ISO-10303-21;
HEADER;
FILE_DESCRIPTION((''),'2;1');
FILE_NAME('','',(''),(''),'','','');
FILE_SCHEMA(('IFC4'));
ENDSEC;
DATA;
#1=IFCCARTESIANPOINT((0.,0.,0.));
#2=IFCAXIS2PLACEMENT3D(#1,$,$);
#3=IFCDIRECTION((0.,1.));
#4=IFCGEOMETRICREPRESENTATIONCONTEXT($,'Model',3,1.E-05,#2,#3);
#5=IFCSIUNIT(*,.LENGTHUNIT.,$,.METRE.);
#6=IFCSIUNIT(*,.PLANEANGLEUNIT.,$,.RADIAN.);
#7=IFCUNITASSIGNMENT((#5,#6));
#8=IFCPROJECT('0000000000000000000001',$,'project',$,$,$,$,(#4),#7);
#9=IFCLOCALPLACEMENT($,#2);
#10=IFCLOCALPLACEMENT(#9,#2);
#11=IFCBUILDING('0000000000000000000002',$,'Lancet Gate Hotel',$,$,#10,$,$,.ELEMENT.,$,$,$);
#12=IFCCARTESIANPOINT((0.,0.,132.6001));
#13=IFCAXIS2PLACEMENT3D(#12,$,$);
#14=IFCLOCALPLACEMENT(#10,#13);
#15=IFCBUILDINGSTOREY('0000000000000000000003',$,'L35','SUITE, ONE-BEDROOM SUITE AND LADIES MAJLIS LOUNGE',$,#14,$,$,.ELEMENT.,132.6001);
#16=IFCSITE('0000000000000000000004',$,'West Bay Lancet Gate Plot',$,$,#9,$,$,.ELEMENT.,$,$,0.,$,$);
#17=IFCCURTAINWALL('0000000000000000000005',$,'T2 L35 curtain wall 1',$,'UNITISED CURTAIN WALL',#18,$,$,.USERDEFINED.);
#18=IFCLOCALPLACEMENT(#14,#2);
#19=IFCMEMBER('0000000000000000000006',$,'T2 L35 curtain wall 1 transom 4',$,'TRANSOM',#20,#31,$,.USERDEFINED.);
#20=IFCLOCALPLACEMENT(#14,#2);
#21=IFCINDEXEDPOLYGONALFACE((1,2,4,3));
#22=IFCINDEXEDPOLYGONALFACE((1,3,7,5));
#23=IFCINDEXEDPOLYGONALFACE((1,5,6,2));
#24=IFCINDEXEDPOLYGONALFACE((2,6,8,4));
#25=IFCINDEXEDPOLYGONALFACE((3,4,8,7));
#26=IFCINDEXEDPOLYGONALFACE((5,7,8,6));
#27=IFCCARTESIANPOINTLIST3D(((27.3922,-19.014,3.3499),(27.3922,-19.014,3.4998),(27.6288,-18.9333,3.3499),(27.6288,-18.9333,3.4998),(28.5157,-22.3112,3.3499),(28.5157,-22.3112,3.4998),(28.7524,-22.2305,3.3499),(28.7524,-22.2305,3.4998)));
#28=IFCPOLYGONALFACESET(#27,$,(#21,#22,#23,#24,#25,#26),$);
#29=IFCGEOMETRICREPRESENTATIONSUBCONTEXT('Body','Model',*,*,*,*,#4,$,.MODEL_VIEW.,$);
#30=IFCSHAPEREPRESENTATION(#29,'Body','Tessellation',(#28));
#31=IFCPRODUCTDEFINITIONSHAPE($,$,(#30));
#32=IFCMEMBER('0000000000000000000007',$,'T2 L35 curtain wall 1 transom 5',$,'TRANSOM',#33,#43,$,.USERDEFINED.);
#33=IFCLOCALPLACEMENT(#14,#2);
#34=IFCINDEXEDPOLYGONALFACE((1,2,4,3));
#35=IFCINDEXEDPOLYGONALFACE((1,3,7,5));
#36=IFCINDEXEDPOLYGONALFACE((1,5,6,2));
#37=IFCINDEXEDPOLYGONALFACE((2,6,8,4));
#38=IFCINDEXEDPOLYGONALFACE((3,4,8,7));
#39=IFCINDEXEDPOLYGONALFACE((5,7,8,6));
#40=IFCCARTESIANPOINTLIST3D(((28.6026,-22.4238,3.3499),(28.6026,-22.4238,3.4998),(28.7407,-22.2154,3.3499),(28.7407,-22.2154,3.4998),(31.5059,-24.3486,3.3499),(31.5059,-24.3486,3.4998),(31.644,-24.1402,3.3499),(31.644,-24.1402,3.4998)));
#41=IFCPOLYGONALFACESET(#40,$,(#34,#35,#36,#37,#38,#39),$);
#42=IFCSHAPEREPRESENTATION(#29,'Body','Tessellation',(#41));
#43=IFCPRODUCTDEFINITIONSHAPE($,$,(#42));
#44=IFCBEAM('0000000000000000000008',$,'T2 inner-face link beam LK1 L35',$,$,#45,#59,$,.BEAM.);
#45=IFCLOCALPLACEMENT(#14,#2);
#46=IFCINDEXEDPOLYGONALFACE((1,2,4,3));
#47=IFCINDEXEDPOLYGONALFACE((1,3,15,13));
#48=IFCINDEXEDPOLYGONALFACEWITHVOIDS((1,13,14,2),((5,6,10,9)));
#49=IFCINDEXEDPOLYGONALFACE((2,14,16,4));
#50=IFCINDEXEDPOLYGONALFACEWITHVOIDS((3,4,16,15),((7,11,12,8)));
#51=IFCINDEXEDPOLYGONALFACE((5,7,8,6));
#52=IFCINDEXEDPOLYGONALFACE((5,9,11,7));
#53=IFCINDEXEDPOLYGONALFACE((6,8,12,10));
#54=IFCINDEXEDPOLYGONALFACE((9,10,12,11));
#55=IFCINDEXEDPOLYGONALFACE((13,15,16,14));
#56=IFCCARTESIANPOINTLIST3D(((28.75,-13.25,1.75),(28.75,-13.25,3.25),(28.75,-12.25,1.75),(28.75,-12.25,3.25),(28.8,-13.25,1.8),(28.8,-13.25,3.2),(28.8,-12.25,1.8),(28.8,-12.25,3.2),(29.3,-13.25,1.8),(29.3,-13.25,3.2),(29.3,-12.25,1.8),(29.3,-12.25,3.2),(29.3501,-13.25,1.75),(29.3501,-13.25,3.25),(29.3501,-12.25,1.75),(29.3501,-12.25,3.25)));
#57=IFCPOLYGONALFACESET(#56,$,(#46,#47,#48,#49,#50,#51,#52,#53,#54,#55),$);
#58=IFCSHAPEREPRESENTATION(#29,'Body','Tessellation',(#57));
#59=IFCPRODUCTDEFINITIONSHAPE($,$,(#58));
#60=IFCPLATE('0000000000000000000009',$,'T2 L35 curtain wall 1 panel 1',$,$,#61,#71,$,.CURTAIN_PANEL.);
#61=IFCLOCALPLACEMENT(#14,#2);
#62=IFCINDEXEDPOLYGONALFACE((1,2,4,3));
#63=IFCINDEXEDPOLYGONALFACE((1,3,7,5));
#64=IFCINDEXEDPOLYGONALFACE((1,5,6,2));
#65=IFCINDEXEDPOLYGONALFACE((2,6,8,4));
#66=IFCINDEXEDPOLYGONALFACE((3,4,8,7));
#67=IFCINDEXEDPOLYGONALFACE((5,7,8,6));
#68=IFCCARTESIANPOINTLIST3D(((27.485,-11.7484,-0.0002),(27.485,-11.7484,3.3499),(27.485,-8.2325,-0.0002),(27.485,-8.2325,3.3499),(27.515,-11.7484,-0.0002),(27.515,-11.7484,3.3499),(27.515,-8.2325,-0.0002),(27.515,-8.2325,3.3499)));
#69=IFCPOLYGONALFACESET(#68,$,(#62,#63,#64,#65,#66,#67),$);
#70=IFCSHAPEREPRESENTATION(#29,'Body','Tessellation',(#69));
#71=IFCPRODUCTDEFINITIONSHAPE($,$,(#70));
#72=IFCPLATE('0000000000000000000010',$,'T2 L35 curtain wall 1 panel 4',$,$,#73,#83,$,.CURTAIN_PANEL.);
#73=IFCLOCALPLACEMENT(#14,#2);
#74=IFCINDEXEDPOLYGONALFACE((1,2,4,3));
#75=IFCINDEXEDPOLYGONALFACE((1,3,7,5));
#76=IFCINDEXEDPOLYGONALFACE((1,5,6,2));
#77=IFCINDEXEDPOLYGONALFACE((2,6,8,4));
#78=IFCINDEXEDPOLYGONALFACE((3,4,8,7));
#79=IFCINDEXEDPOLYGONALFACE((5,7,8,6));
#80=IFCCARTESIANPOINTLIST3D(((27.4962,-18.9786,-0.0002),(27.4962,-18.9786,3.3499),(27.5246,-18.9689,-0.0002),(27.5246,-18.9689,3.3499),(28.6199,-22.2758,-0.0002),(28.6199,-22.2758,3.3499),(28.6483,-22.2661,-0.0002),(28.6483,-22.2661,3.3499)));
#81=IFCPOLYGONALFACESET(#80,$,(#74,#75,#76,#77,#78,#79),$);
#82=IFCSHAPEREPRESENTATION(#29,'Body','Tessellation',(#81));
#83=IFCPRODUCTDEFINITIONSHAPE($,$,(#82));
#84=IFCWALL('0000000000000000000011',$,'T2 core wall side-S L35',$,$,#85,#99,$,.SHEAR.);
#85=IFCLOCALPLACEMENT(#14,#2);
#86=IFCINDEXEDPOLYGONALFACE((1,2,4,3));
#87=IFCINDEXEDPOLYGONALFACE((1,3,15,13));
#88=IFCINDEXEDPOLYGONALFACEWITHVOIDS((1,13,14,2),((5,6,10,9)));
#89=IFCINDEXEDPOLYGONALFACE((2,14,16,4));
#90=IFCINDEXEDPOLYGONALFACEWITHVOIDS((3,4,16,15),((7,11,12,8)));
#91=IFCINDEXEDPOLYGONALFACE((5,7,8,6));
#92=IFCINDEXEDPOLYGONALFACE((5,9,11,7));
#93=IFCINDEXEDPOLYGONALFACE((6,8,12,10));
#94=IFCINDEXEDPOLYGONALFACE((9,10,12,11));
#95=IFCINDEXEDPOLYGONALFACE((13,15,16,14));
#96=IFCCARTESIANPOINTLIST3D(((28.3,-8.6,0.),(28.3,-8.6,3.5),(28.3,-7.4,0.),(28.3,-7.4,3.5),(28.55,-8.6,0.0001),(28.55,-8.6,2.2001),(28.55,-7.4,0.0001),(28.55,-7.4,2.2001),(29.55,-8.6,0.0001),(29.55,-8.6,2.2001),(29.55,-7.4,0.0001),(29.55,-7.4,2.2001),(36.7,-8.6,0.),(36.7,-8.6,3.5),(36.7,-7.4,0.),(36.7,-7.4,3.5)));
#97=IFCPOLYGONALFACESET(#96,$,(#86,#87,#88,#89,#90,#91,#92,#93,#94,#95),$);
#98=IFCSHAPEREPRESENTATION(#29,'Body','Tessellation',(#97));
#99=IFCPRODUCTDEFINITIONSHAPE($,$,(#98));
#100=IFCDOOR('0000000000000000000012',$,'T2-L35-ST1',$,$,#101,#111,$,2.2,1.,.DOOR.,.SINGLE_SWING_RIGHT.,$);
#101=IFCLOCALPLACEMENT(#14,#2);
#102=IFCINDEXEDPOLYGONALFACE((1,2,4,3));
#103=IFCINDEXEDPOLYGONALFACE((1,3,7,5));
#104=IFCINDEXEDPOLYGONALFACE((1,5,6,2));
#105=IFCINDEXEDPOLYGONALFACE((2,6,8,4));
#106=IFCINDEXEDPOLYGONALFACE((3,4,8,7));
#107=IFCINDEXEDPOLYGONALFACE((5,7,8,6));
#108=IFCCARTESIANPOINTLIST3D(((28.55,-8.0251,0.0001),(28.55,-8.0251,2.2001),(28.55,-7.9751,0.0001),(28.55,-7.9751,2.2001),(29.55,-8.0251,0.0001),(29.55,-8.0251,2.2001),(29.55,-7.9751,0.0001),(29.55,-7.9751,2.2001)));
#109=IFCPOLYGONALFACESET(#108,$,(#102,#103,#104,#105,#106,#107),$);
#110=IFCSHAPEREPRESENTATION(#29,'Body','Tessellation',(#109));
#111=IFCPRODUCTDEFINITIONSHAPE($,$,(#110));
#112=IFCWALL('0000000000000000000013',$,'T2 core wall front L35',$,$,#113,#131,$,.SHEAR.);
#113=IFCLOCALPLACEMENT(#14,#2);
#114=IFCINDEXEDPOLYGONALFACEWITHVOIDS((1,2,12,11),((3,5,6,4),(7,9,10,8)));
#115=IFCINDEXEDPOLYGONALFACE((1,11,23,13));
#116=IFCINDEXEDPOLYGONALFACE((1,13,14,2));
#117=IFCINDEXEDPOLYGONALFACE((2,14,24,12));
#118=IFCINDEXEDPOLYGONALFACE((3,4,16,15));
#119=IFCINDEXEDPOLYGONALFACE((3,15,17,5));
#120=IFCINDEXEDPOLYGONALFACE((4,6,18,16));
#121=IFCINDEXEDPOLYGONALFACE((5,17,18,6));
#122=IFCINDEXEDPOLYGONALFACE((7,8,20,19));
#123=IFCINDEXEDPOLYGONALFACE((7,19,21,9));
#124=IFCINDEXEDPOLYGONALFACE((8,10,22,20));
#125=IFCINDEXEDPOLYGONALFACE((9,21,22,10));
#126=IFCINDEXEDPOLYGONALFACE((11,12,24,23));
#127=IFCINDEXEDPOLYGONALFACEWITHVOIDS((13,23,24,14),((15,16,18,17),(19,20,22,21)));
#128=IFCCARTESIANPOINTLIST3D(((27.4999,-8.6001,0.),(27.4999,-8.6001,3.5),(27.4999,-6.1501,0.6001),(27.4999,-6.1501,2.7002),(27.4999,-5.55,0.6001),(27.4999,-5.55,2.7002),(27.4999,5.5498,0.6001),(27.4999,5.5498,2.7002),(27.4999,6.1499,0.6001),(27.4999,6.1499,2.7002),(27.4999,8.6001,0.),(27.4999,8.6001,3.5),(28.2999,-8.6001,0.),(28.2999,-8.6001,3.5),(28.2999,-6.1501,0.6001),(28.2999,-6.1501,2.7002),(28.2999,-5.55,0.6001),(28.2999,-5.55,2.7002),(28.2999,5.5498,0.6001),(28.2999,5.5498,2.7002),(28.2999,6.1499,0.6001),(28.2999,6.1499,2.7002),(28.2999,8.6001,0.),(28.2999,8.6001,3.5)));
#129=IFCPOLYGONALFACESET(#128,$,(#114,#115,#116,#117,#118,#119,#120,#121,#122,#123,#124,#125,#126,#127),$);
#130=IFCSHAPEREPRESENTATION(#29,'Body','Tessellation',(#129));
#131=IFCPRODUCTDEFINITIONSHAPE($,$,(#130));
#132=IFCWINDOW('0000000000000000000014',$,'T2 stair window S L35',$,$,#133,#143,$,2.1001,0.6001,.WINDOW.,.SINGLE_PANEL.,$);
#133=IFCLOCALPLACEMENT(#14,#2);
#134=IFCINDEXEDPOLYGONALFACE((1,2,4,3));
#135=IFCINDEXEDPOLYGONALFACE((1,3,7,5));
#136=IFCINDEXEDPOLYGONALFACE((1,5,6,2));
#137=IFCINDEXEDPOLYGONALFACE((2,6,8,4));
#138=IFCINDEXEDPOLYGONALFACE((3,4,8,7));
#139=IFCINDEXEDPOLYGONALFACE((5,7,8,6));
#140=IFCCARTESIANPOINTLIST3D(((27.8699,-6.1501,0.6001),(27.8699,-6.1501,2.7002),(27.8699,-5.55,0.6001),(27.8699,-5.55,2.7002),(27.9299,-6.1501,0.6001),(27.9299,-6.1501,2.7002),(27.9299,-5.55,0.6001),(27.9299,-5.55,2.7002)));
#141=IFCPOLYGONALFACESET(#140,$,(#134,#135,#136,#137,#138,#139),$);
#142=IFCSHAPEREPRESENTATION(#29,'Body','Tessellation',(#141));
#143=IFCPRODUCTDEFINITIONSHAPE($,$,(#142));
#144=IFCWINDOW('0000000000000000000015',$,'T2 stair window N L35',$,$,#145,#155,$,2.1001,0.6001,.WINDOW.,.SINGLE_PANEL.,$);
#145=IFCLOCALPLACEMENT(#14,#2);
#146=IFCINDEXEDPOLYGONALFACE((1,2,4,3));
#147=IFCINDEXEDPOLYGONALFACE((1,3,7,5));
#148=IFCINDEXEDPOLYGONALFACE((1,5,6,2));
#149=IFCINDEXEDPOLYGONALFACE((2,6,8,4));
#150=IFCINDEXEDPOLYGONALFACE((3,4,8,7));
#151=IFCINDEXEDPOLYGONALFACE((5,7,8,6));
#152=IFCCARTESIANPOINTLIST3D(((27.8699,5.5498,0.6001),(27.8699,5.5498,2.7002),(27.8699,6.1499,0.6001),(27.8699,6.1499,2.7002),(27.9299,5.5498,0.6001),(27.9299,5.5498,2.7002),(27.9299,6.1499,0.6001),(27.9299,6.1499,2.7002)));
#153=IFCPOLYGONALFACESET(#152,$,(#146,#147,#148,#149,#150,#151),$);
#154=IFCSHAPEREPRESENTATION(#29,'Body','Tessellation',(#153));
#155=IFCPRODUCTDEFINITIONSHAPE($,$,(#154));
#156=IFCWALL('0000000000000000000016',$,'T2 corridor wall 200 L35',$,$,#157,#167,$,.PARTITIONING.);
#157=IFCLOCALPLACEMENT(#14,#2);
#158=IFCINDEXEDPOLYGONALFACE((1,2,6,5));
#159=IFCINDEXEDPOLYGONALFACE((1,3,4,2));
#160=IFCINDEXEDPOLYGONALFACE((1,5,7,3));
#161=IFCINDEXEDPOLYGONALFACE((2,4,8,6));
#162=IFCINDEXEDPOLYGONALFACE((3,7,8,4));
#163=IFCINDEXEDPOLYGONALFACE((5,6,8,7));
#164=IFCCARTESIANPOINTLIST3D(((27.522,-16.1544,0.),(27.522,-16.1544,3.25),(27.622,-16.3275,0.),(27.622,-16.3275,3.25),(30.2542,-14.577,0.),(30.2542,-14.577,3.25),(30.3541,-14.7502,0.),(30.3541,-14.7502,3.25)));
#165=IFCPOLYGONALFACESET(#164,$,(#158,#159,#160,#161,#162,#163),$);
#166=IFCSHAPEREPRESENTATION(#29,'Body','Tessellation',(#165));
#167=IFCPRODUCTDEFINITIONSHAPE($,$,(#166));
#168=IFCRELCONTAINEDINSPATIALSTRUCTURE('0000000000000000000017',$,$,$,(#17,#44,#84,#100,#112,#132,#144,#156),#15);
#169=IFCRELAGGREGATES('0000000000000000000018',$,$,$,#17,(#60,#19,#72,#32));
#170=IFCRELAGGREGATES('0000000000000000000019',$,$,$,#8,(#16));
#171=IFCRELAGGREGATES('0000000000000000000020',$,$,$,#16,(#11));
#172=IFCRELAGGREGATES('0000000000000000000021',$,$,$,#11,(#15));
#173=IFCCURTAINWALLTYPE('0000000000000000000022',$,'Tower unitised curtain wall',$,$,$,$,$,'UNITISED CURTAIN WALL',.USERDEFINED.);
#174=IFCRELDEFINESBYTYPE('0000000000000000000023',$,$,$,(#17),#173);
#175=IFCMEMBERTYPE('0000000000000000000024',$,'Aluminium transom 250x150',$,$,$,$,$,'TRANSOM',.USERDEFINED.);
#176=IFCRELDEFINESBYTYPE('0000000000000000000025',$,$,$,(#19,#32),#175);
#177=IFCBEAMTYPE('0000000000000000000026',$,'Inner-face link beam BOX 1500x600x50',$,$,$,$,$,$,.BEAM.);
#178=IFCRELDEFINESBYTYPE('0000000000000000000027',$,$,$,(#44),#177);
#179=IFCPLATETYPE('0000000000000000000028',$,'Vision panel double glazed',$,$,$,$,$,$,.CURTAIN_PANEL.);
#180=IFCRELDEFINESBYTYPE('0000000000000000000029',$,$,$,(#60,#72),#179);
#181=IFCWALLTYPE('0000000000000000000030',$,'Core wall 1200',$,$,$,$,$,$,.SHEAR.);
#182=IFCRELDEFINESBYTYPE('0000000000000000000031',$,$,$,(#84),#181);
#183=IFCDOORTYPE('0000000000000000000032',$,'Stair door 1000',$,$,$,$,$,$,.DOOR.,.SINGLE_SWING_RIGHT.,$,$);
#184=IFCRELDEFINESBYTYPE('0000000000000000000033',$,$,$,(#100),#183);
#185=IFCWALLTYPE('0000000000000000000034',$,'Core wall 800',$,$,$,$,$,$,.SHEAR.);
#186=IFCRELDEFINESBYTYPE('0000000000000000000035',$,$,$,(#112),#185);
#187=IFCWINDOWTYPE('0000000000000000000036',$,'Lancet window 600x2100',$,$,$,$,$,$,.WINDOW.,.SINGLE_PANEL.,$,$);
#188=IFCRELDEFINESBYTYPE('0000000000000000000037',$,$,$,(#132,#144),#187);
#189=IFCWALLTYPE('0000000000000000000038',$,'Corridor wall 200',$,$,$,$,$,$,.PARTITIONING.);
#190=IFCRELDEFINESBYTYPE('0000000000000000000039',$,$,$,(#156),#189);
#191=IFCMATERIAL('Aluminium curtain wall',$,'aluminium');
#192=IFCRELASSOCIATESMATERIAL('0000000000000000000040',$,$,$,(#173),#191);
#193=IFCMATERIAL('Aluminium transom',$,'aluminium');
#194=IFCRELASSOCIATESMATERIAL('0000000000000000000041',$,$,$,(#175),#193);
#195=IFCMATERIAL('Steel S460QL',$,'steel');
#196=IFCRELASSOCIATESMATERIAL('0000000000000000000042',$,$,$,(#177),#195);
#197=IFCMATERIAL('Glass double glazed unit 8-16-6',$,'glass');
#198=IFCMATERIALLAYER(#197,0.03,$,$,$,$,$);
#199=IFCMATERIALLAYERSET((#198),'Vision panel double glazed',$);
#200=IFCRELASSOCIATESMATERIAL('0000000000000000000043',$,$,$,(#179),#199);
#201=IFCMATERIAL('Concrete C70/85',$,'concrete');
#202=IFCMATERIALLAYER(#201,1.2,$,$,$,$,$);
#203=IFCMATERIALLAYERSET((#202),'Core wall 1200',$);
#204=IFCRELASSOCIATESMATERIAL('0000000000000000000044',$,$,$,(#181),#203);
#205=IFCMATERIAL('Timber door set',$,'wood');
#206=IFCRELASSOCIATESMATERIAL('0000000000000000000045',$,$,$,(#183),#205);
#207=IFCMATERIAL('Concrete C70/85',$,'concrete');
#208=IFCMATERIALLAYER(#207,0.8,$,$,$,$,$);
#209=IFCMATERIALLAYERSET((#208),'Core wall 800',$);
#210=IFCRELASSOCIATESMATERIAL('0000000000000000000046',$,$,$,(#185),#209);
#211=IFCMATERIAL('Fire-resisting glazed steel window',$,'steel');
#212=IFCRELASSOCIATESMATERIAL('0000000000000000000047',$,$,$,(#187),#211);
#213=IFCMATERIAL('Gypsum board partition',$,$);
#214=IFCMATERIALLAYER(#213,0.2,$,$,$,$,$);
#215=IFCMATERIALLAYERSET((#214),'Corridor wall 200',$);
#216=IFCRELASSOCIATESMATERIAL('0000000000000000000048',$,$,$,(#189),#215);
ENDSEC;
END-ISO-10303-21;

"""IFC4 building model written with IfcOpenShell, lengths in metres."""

from ifc_helpers import new_model, si_unit, direction, frame, frame_2d, origin, origin_2d, place, context, subcontext, project, spatial, rectangle, hollow_rectangle, extrude, material, layer, layer_set, material_profile, profile_set, type_object, element, fill, aggregate, save


model = new_model("IFC4")

# Units and contexts
model_context = context("Model", 3, precision=1e-05, world=origin(), true_north=direction((0.0, 1.0)))
body_context = subcontext(model_context, "Body", "Model", "MODEL_VIEW")
ifc_project = project(units=[si_unit("LENGTHUNIT", "METRE"), si_unit("PLANEANGLEUNIT", "RADIAN")], contexts=[model_context])

# Site, building, storey
site_placement = place(None, origin())
site = spatial("IfcSite", under=ifc_project, at=site_placement, Name="West Bay Lancet Gate Plot", CompositionType="ELEMENT", RefElevation=0.0)
building_placement = place(site_placement, origin())
building = spatial("IfcBuilding", under=site, at=building_placement, Name="Lancet Gate Hotel", CompositionType="ELEMENT")
storey_placement = place(building_placement, frame((0.0, 0.0, 132.6001)))
storey = spatial("IfcBuildingStorey", under=building, at=storey_placement, Name="L35", Description="SUITE, ONE-BEDROOM SUITE AND LADIES MAJLIS LOUNGE", CompositionType="ELEMENT", Elevation=132.6001)

# Curtain wall, members
ifc_material_1 = material(Name="Aluminium curtain wall", Category="aluminium")
curtain_wall_type = type_object("IfcCurtainWallType", Name="Tower unitised curtain wall", ElementType="UNITISED CURTAIN WALL", PredefinedType="USERDEFINED", material=ifc_material_1)
curtain_wall_placement = place(storey_placement, origin())
curtain_wall = element("IfcCurtainWall", 1, at=curtain_wall_placement, inside=storey, type_object=curtain_wall_type, Name="T2 L35 curtain wall 1", ObjectType="UNITISED CURTAIN WALL", PredefinedType="USERDEFINED")
ifc_material_2 = material(Name="Aluminium transom", Category="aluminium")
ifc_material_profile_1 = material_profile(ifc_material_2, rectangle(XDim=0.25, YDim=0.1499, at=origin_2d()), Name="TRANSOM 250x150")
ifc_profile_set_1 = profile_set([ifc_material_profile_1], Name="Aluminium transom")
member_type_1 = type_object("IfcMemberType", Name="Aluminium transom 250x150", ElementType="TRANSOM", PredefinedType="USERDEFINED", material=ifc_profile_set_1)
member_1_placement = place(storey_placement, frame((27.5105, -18.9736, 3.4248), z_axis=(0.32255, -0.946553, 0.0), x_axis=(0.946553, 0.32255, 0.0)))
member_1 = element("IfcMember", 2, at=member_1_placement, type_object=member_type_1, Name="T2 L35 curtain wall 1 transom 4", ObjectType="TRANSOM", PredefinedType="USERDEFINED", context=body_context, shape_type="SweptSolid", body=[
    extrude(rectangle(XDim=0.25, YDim=0.1499, at=origin_2d()), origin(), (0.0, 0.0, 1.0), 3.4834),
])
member_2_placement = place(storey_placement, frame((28.6716, -22.3196, 3.4248), z_axis=(0.833471, -0.552563, 0.0), x_axis=(0.552563, 0.833471, 0.0)))
member_2 = element("IfcMember", 3, at=member_2_placement, type_object=member_type_1, Name="T2 L35 curtain wall 1 transom 5", ObjectType="TRANSOM", PredefinedType="USERDEFINED", context=body_context, shape_type="SweptSolid", body=[
    extrude(rectangle(XDim=0.25, YDim=0.1499, at=origin_2d()), origin(), (0.0, 0.0, 1.0), 3.4834),
])

# Beam
ifc_material_3 = material(Name="Steel S460QL", Category="steel")
ifc_material_profile_2 = material_profile(ifc_material_3, hollow_rectangle(XDim=0.6001, YDim=1.5, WallThickness=0.05, at=origin_2d()), Name="BOX 1500x600x50")
ifc_profile_set_2 = profile_set([ifc_material_profile_2], Name="Steel S460QL")
beam_type = type_object("IfcBeamType", Name="Inner-face link beam BOX 1500x600x50", PredefinedType="BEAM", material=ifc_profile_set_2)
beam_placement = place(storey_placement, frame((29.05, -13.25, 2.5), z_axis=(0.0, 1.0, 0.0), x_axis=(-1.0, 0.0, 0.0)))
element("IfcBeam", 4, at=beam_placement, inside=storey, type_object=beam_type, Name="T2 inner-face link beam LK1 L35", PredefinedType="BEAM", context=body_context, shape_type="SweptSolid", body=[
    extrude(hollow_rectangle(XDim=0.6001, YDim=1.5, WallThickness=0.05, at=origin_2d()), origin(), (0.0, 0.0, 1.0), 1.0),
])

# Plates
ifc_material_4 = material(Name="Glass double glazed unit 8-16-6", Category="glass")
ifc_layer_1 = layer(ifc_material_4, 0.03)
ifc_layer_set_1 = layer_set([ifc_layer_1], Name="Vision panel double glazed")
plate_type = type_object("IfcPlateType", Name="Vision panel double glazed", PredefinedType="CURTAIN_PANEL", material=ifc_layer_set_1)
plate_1_placement = place(storey_placement, frame((27.5, -9.9905, -0.0002), z_axis=(0.0, 0.0, 1.0), x_axis=(0.0, -1.0, 0.0)))
plate_1 = element("IfcPlate", 5, at=plate_1_placement, type_object=plate_type, Name="T2 L35 curtain wall 1 panel 1", PredefinedType="CURTAIN_PANEL", context=body_context, shape_type="SweptSolid", body=[
    extrude(rectangle(XDim=3.5159, YDim=0.03, at=origin_2d()), origin(), (0.0, 0.0, 1.0), 3.3501),
])
plate_2_placement = place(storey_placement, frame((28.0723, -20.6223, -0.0002), z_axis=(0.0, 0.0, 1.0), x_axis=(0.322576, -0.946544, 0.0)))
plate_2 = element("IfcPlate", 6, at=plate_2_placement, type_object=plate_type, Name="T2 L35 curtain wall 1 panel 4", PredefinedType="CURTAIN_PANEL", context=body_context, shape_type="SweptSolid", body=[
    extrude(rectangle(XDim=3.4834, YDim=0.03, at=origin_2d()), origin(), (0.0, 0.0, 1.0), 3.3501),
])
aggregate(curtain_wall, [plate_1, member_1, plate_2, member_2])

# Wall, opening, door
ifc_material_5 = material(Name="Concrete C70/85", Category="concrete")
ifc_layer_2 = layer(ifc_material_5, 1.2)
ifc_layer_set_2 = layer_set([ifc_layer_2], Name="Core wall 1200")
wall_type_1 = type_object("IfcWallType", Name="Core wall 1200", PredefinedType="SHEAR", material=ifc_layer_set_2)
wall_1_placement = place(storey_placement, frame((28.3, -8.0, 0.0), z_axis=(0.0, 0.0, 1.0), x_axis=(1.0, 0.0, 0.0)))
wall_1 = element("IfcWall", 7, at=wall_1_placement, inside=storey, type_object=wall_type_1, Name="T2 core wall side-S L35", PredefinedType="SHEAR", context=body_context, shape_type="SweptSolid", body=[
    extrude(rectangle(XDim=8.3999, YDim=1.2, at=frame_2d((4.2, 0.0))), origin(), (0.0, 0.0, 1.0), 3.5),
])
opening_1_placement = place(wall_1_placement, frame((0.25, 0.0, 0.0)))
opening_1 = element("IfcOpeningElement", 8, at=opening_1_placement, cuts=wall_1, PredefinedType="OPENING", context=body_context, shape_type="SweptSolid", body=[
    extrude(rectangle(XDim=1.0, YDim=2.2, at=frame_2d((0.5, 1.1001))), frame((0.0, 0.6099, 0.0), z_axis=(0.0, -1.0, 0.0), x_axis=(1.0, 0.0, 0.0)), (0.0, 0.0, 1.0), 1.22),
])
ifc_material_6 = material(Name="Timber door set", Category="wood")
door_type = type_object("IfcDoorType", Name="Stair door 1000", OperationType="SINGLE_SWING_RIGHT", PredefinedType="DOOR", material=ifc_material_6)
door_placement = place(opening_1_placement, origin())
door = element("IfcDoor", 9, at=door_placement, inside=storey, type_object=door_type, Name="T2-L35-ST1", OperationType="SINGLE_SWING_RIGHT", OverallHeight=2.2, OverallWidth=1.0, PredefinedType="DOOR", context=body_context, shape_type="SweptSolid", body=[
    extrude(rectangle(XDim=1.0, YDim=2.2, at=frame_2d((0.5, 1.1001))), frame((0.0, 0.0249, 0.0), z_axis=(0.0, -1.0, 0.0), x_axis=(1.0, 0.0, 0.0)), (0.0, 0.0, 1.0), 0.05),
])
fill(opening_1, door)

# Wall, openings, windows
ifc_material_7 = material(Name="Concrete C70/85", Category="concrete")
ifc_layer_3 = layer(ifc_material_7, 0.8)
ifc_layer_set_3 = layer_set([ifc_layer_3], Name="Core wall 800")
wall_type_2 = type_object("IfcWallType", Name="Core wall 800", PredefinedType="SHEAR", material=ifc_layer_set_3)
wall_2_placement = place(storey_placement, frame((27.8999, -8.6001, 0.0), z_axis=(0.0, 0.0, 1.0), x_axis=(0.0, 1.0, 0.0)))
wall_2 = element("IfcWall", 10, at=wall_2_placement, inside=storey, type_object=wall_type_2, Name="T2 core wall front L35", PredefinedType="SHEAR", context=body_context, shape_type="SweptSolid", body=[
    extrude(rectangle(XDim=17.2002, YDim=0.8, at=frame_2d((8.6001, 0.0))), origin(), (0.0, 0.0, 1.0), 3.5),
])
opening_2_placement = place(wall_2_placement, frame((2.45, 0.0, 0.6001)))
opening_2 = element("IfcOpeningElement", 11, at=opening_2_placement, cuts=wall_2, PredefinedType="OPENING", context=body_context, shape_type="SweptSolid", body=[
    extrude(rectangle(XDim=0.6001, YDim=2.1001, at=frame_2d((0.3, 1.05))), frame((0.0, 0.4099, 0.0), z_axis=(0.0, -1.0, 0.0), x_axis=(1.0, 0.0, 0.0)), (0.0, 0.0, 1.0), 0.8201),
])
opening_3_placement = place(wall_2_placement, frame((14.1499, 0.0, 0.6001)))
opening_3 = element("IfcOpeningElement", 12, at=opening_3_placement, cuts=wall_2, PredefinedType="OPENING", context=body_context, shape_type="SweptSolid", body=[
    extrude(rectangle(XDim=0.6001, YDim=2.1001, at=frame_2d((0.3, 1.05))), frame((0.0, 0.4099, 0.0), z_axis=(0.0, -1.0, 0.0), x_axis=(1.0, 0.0, 0.0)), (0.0, 0.0, 1.0), 0.8201),
])
ifc_material_8 = material(Name="Fire-resisting glazed steel window", Category="steel")
window_type = type_object("IfcWindowType", Name="Lancet window 600x2100", PartitioningType="SINGLE_PANEL", PredefinedType="WINDOW", material=ifc_material_8)
window_1_placement = place(opening_2_placement, origin())
window_1 = element("IfcWindow", 13, at=window_1_placement, inside=storey, type_object=window_type, Name="T2 stair window S L35", OverallHeight=2.1001, OverallWidth=0.6001, PartitioningType="SINGLE_PANEL", PredefinedType="WINDOW", context=body_context, shape_type="SweptSolid", body=[
    extrude(rectangle(XDim=0.6001, YDim=2.1001, at=frame_2d((0.3, 1.05))), frame((0.0, 0.03, 0.0), z_axis=(0.0, -1.0, 0.0), x_axis=(1.0, 0.0, 0.0)), (0.0, 0.0, 1.0), 0.0601),
])
fill(opening_2, window_1)
window_2_placement = place(opening_3_placement, origin())
window_2 = element("IfcWindow", 14, at=window_2_placement, inside=storey, type_object=window_type, Name="T2 stair window N L35", OverallHeight=2.1001, OverallWidth=0.6001, PartitioningType="SINGLE_PANEL", PredefinedType="WINDOW", context=body_context, shape_type="SweptSolid", body=[
    extrude(rectangle(XDim=0.6001, YDim=2.1001, at=frame_2d((0.3, 1.05))), frame((0.0, 0.03, 0.0), z_axis=(0.0, -1.0, 0.0), x_axis=(1.0, 0.0, 0.0)), (0.0, 0.0, 1.0), 0.0601),
])
fill(opening_3, window_2)

# Wall
ifc_material_9 = material(Name="Gypsum board partition")
ifc_layer_4 = layer(ifc_material_9, 0.2)
ifc_layer_set_4 = layer_set([ifc_layer_4], Name="Corridor wall 200")
wall_type_3 = type_object("IfcWallType", Name="Corridor wall 200", PredefinedType="PARTITIONING", material=ifc_layer_set_4)
wall_3_placement = place(storey_placement, frame((27.572, -16.241, 0.0), z_axis=(0.0, 0.0, 1.0), x_axis=(0.86603, 0.499993, 0.0)))
element("IfcWall", 15, at=wall_3_placement, inside=storey, type_object=wall_type_3, Name="T2 corridor wall 200 L35", PredefinedType="PARTITIONING", context=body_context, shape_type="SweptSolid", body=[
    extrude(rectangle(XDim=3.1548, YDim=0.2, at=frame_2d((1.5774, 0.0))), origin(), (0.0, 0.0, 1.0), 3.25),
])

save(model, "model.ifc")
